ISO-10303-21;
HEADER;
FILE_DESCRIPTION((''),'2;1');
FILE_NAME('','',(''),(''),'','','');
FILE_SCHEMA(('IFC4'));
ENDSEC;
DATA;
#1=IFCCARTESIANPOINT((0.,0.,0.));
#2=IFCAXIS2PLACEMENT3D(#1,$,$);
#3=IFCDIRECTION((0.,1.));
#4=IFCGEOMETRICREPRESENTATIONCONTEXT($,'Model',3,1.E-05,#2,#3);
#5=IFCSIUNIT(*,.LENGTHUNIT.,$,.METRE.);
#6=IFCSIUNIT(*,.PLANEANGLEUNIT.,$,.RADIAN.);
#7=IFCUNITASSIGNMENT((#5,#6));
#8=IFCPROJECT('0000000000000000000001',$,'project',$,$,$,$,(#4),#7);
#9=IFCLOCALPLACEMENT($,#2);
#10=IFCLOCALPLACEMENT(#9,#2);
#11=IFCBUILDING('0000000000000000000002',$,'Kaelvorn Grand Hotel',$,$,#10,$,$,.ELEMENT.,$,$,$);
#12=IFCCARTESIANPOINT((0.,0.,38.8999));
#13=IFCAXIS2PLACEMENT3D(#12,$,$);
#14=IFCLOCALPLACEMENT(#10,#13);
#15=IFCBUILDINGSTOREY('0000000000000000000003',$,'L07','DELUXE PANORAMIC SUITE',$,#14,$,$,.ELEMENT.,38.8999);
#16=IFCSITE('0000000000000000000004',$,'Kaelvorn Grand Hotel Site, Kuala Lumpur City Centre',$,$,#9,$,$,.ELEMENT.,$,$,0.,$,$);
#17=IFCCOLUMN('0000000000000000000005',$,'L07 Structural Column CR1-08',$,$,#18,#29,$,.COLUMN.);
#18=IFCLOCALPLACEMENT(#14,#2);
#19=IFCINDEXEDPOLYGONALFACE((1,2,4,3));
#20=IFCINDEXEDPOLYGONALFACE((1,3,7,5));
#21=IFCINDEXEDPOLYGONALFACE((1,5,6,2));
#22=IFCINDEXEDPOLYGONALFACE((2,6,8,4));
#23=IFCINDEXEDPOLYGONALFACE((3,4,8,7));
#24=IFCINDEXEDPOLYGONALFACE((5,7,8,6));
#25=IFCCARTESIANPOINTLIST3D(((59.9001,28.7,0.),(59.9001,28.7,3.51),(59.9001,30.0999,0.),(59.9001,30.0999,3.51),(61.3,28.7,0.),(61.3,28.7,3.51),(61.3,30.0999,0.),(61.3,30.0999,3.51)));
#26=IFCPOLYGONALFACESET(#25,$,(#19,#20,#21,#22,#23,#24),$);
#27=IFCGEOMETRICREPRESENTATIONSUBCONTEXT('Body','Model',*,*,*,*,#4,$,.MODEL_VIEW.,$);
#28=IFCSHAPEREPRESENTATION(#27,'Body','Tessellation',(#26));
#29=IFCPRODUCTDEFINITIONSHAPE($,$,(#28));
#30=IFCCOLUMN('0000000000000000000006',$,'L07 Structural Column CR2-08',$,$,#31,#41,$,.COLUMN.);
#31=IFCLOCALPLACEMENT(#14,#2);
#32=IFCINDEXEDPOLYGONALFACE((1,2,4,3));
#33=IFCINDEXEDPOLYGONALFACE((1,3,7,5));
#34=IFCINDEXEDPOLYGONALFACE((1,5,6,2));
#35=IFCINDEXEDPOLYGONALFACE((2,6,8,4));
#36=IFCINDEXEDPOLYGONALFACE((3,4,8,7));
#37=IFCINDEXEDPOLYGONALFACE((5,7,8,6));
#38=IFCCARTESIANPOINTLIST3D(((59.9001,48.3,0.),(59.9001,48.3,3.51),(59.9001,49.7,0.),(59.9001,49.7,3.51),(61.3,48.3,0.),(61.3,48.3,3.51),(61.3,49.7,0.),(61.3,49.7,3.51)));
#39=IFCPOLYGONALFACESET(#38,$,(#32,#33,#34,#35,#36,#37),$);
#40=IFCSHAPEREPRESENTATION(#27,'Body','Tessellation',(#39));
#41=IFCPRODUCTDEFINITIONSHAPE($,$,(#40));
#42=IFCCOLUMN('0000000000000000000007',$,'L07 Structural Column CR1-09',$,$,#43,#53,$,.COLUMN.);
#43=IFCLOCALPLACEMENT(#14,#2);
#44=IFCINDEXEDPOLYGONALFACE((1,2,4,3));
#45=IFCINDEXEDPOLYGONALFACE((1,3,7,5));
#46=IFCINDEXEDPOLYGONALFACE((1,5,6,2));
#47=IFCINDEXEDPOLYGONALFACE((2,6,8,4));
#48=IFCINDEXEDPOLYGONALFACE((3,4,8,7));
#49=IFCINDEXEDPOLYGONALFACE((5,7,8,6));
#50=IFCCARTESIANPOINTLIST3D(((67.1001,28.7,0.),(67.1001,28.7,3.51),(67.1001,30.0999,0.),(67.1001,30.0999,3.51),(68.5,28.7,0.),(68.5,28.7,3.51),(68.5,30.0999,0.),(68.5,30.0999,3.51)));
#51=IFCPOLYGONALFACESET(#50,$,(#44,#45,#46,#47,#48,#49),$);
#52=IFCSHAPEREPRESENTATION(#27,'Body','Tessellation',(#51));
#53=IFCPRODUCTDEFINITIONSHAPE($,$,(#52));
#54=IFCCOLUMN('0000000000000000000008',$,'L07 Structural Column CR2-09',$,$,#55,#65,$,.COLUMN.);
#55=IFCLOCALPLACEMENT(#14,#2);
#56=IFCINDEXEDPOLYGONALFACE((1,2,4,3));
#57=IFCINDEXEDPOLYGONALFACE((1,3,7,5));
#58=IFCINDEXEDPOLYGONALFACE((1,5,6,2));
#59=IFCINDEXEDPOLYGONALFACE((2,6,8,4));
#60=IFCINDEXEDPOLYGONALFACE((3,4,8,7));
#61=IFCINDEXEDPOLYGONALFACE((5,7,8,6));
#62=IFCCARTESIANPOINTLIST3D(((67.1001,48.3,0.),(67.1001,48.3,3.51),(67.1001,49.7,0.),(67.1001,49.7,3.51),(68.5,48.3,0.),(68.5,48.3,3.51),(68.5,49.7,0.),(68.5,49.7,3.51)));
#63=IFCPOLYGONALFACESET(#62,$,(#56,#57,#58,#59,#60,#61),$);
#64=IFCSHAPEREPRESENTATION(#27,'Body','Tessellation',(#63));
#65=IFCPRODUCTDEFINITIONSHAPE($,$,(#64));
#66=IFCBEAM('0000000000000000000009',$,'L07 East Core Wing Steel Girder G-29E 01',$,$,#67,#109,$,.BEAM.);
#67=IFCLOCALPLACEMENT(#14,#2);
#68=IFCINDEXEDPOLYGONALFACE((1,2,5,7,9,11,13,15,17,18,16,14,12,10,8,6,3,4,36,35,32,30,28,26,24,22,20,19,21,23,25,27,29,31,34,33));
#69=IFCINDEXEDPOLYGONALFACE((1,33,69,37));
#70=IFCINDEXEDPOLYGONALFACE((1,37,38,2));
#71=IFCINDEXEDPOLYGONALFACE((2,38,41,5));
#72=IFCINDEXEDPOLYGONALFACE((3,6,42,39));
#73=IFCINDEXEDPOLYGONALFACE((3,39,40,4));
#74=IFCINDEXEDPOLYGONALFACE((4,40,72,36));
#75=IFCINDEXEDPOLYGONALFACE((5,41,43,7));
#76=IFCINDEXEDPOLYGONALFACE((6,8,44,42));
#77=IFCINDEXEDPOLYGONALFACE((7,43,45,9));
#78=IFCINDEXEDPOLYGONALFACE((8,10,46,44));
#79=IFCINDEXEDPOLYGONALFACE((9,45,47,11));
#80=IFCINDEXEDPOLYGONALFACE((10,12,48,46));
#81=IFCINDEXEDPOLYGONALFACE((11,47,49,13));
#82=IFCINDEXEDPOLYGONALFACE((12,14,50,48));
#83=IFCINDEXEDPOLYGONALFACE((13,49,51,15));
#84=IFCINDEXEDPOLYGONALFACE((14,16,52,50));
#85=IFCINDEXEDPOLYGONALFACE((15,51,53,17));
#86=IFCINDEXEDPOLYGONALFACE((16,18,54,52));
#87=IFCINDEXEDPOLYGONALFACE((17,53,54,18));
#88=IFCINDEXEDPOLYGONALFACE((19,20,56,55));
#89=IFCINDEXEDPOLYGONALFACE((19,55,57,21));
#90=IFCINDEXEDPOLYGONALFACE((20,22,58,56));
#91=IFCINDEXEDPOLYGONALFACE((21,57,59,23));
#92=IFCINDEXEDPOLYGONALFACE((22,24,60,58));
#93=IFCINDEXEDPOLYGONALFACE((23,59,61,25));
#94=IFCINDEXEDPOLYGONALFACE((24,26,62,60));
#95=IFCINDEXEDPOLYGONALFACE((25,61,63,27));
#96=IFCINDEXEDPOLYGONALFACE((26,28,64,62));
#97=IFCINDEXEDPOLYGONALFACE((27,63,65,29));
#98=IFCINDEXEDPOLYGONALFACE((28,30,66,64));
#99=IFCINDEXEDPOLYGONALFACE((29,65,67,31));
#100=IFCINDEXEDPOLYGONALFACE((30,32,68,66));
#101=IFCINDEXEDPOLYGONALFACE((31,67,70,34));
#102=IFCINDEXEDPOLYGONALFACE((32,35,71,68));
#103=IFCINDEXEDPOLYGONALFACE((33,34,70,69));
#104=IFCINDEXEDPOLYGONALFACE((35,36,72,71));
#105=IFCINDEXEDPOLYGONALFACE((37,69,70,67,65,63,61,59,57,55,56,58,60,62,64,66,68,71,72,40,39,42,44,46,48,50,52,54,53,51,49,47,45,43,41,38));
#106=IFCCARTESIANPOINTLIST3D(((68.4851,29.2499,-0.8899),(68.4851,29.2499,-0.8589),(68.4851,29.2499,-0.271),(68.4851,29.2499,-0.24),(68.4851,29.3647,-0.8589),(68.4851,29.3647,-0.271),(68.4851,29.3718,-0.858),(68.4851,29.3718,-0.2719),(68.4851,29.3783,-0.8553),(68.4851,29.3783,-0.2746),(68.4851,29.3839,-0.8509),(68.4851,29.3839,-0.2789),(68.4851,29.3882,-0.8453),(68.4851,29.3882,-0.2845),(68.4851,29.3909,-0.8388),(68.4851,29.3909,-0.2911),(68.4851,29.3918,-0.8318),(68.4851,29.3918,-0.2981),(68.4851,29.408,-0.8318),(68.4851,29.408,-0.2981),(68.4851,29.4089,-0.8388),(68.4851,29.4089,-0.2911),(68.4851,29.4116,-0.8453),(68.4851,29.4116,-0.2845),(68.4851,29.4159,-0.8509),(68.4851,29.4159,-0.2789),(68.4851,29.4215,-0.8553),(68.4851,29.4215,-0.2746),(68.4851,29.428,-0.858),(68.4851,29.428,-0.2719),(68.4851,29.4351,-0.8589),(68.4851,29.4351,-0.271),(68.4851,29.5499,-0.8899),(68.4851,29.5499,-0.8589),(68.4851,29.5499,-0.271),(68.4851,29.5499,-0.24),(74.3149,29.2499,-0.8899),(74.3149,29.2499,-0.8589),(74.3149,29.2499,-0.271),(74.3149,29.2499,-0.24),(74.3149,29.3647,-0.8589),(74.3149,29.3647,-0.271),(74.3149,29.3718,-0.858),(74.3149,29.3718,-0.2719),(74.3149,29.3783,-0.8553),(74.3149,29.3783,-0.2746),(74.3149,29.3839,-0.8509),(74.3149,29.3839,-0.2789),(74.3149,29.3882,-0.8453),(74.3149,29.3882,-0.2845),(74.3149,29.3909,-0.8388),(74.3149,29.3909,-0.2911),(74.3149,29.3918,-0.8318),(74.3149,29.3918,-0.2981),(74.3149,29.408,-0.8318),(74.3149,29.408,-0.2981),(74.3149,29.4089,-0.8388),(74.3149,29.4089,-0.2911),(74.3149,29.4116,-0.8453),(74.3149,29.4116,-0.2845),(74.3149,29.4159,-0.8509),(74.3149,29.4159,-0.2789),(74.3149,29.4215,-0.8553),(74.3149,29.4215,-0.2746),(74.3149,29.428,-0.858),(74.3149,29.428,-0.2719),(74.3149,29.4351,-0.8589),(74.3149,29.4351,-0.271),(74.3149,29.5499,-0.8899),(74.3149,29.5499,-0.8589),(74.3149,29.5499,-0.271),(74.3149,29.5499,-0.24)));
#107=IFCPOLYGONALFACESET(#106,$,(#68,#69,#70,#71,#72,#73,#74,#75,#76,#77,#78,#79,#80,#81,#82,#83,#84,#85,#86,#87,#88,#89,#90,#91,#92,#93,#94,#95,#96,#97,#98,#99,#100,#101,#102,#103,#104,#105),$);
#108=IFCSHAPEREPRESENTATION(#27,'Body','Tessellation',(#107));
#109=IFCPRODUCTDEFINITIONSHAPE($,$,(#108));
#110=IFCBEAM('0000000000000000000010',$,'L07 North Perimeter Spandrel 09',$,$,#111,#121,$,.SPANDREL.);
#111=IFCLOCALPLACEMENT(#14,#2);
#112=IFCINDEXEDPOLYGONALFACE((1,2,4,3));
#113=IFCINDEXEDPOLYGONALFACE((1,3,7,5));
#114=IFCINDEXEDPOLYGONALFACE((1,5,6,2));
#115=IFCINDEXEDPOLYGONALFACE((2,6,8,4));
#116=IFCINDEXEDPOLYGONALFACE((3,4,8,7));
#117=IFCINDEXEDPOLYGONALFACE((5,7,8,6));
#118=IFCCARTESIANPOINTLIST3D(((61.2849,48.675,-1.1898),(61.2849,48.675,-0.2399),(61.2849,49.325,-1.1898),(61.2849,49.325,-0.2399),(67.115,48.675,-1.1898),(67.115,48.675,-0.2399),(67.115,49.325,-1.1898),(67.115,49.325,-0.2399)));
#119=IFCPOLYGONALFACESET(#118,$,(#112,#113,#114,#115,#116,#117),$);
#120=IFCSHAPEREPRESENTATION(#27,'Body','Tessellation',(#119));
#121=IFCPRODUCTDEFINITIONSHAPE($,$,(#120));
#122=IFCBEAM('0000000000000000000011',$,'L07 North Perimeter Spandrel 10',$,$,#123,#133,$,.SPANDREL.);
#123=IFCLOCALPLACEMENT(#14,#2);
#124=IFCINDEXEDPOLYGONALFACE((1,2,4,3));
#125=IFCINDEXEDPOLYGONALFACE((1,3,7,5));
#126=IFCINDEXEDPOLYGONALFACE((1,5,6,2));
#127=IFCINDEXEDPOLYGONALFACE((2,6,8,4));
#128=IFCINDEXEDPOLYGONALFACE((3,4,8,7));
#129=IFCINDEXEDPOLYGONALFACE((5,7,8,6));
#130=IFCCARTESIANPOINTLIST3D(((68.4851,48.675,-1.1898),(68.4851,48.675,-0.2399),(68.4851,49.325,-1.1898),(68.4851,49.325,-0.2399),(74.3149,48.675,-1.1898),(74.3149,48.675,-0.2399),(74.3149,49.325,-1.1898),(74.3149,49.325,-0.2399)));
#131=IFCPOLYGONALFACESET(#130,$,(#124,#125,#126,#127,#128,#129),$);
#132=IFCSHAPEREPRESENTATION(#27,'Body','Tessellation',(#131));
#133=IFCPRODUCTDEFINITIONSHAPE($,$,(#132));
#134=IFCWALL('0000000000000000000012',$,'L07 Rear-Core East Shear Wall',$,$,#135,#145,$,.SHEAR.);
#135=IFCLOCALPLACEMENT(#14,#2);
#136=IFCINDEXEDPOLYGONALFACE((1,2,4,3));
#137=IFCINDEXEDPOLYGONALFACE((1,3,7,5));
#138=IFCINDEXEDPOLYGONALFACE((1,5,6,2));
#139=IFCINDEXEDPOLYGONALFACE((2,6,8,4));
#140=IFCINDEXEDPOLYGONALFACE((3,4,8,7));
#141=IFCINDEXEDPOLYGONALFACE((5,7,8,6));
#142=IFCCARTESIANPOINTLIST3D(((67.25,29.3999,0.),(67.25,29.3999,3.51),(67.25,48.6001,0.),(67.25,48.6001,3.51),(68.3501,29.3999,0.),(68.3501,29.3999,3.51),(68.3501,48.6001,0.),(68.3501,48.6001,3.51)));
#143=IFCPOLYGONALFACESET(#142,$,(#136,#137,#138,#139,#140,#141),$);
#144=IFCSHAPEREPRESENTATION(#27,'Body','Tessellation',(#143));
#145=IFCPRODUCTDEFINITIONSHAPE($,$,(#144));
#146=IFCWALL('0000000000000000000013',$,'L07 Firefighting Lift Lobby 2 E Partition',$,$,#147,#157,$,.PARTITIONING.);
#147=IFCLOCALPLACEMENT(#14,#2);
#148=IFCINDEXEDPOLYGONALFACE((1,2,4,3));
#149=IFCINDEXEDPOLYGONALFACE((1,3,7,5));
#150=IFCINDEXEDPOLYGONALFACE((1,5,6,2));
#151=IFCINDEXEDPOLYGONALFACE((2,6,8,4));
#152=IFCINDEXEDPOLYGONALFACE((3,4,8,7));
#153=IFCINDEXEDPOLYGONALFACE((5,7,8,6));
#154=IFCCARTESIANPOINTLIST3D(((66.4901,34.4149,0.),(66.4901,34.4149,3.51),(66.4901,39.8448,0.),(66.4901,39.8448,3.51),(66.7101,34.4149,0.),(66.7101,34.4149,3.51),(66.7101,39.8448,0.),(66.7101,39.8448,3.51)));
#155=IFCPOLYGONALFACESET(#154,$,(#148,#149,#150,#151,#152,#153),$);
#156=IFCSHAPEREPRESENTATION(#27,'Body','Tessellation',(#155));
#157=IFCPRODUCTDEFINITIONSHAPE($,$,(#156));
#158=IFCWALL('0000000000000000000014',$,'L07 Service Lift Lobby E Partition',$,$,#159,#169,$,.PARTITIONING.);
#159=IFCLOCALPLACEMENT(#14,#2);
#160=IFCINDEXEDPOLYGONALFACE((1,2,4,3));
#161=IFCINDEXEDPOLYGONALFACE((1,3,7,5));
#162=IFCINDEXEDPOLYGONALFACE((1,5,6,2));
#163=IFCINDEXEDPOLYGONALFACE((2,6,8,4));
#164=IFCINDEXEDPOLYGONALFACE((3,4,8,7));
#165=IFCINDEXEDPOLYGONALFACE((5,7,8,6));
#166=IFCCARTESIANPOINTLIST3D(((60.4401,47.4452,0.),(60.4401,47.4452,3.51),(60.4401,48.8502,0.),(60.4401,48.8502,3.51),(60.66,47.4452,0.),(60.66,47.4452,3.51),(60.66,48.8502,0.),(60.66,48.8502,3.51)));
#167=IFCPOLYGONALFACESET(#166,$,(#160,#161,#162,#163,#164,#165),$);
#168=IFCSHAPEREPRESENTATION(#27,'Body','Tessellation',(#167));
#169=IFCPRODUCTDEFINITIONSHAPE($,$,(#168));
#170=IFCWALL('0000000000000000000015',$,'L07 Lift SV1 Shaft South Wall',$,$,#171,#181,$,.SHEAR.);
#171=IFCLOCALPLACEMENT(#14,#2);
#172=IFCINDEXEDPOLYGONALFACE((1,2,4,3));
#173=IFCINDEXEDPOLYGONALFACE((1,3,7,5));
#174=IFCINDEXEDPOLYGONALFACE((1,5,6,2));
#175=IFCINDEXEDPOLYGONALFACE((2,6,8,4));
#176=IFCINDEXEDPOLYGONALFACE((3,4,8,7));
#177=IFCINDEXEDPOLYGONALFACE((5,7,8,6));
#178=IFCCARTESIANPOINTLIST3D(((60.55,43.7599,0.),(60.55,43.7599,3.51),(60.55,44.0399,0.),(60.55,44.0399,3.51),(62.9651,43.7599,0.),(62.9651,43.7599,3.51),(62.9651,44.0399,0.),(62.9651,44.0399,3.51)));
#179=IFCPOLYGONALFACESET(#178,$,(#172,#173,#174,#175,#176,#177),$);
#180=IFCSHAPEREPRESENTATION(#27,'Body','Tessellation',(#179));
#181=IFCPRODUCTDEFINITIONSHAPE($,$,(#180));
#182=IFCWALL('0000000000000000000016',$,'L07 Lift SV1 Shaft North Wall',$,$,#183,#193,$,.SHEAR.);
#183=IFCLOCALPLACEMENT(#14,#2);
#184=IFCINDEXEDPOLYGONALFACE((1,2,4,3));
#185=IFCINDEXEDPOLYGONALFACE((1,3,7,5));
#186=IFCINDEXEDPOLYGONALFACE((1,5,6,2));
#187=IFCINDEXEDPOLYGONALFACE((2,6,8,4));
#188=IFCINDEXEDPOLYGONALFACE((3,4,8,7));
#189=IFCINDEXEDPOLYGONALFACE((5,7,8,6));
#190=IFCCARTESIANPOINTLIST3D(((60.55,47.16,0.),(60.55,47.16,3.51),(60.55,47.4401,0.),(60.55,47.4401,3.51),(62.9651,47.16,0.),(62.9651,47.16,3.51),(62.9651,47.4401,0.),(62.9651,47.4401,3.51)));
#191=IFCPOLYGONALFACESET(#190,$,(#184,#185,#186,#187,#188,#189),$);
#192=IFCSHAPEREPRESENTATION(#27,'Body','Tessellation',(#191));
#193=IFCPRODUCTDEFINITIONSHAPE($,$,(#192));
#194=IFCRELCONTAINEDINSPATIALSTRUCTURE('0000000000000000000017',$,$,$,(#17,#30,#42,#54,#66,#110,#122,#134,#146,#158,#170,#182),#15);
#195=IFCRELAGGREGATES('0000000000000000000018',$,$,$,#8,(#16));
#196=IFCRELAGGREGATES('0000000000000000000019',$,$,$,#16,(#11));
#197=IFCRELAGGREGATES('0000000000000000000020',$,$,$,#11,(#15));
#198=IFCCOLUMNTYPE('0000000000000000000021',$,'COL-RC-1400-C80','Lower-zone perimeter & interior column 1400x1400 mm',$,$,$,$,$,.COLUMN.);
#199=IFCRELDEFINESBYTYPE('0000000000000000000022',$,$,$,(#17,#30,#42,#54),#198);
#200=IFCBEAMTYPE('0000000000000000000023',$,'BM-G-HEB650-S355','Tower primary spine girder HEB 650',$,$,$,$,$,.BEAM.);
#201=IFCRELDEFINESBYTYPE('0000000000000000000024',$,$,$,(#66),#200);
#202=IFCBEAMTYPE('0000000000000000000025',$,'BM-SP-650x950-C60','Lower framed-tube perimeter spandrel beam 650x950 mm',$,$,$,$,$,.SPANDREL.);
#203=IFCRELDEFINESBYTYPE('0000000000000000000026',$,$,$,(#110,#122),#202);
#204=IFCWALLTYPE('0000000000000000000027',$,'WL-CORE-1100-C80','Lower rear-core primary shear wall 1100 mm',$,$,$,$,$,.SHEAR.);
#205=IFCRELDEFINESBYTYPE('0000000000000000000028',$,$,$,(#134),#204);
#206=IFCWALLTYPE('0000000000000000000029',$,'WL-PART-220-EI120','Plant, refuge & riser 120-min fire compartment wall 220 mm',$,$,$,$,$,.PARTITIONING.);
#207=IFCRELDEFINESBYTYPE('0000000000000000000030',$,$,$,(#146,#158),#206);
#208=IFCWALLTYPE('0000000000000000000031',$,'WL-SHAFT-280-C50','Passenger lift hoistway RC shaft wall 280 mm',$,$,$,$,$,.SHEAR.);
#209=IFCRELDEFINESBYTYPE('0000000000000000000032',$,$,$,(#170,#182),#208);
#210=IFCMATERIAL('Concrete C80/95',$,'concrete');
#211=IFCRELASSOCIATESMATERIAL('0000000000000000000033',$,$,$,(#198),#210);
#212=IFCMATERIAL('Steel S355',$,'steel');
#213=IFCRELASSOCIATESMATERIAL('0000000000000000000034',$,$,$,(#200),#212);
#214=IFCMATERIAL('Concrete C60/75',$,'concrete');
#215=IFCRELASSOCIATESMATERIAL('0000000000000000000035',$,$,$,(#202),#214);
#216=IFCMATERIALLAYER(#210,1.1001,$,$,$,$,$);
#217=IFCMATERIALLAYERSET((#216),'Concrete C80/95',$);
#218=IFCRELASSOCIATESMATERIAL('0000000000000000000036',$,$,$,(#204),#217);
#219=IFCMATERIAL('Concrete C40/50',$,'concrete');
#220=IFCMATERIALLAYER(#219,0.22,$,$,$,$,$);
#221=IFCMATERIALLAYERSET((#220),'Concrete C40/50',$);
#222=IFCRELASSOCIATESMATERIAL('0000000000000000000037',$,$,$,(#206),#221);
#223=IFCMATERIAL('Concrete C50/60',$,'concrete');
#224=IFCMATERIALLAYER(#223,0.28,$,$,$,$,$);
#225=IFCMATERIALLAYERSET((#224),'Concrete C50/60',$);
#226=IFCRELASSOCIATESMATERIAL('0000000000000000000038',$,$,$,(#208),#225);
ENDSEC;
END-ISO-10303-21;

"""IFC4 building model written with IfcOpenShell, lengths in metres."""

from ifc_helpers import new_model, si_unit, direction, frame, frame_2d, origin, origin_2d, place, context, subcontext, project, spatial, rectangle, i_section, extrude, material, layer, layer_set, material_profile, profile_set, type_object, element, save


model = new_model("IFC4")

# Units and contexts
model_context = context("Model", 3, precision=1e-05, world=origin(), true_north=direction((0.0, 1.0)))
body_context = subcontext(model_context, "Body", "Model", "MODEL_VIEW")
ifc_project = project(units=[si_unit("LENGTHUNIT", "METRE"), si_unit("PLANEANGLEUNIT", "RADIAN")], contexts=[model_context])

# Site, building, storey
site_placement = place(None, origin())
site = spatial("IfcSite", under=ifc_project, at=site_placement, Name="Kaelvorn Grand Hotel Site, Kuala Lumpur City Centre", CompositionType="ELEMENT", RefElevation=0.0)
building_placement = place(site_placement, origin())
building = spatial("IfcBuilding", under=site, at=building_placement, Name="Kaelvorn Grand Hotel", CompositionType="ELEMENT")
storey_placement = place(building_placement, frame((0.0, 0.0, 38.8999)))
storey = spatial("IfcBuildingStorey", under=building, at=storey_placement, Name="L07", Description="DELUXE PANORAMIC SUITE", CompositionType="ELEMENT", Elevation=38.8999)

# Columns
ifc_material_1 = material(Name="Concrete C80/95", Category="concrete")
ifc_material_profile_1 = material_profile(ifc_material_1, rectangle(XDim=1.3999, YDim=1.3999, at=origin_2d()), Name="RC COL 1400x1400")
ifc_profile_set_1 = profile_set([ifc_material_profile_1], Name="Concrete C80/95")
column_type = type_object("IfcColumnType", Name="COL-RC-1400-C80", Description="Lower-zone perimeter & interior column 1400x1400 mm", PredefinedType="COLUMN", material=ifc_profile_set_1)
for number, where, z_axis, x_axis, name in (
    (1, (60.6001, 29.3999, 0.0), (0.0, 0.0, 1.0), (1.0, 0.0, 0.0), "L07 Structural Column CR1-08"),
    (2, (60.6001, 49.0, 0.0), (0.0, 0.0, 1.0), (1.0, 0.0, 0.0), "L07 Structural Column CR2-08"),
    (3, (67.8, 29.3999, 0.0), (0.0, 0.0, 1.0), (1.0, 0.0, 0.0), "L07 Structural Column CR1-09"),
    (4, (67.8, 49.0, 0.0), (0.0, 0.0, 1.0), (1.0, 0.0, 0.0), "L07 Structural Column CR2-09"),
):
    element("IfcColumn", number, at=place(storey_placement, frame(where, z_axis=z_axis, x_axis=x_axis)), inside=storey, type_object=column_type, Name=name, PredefinedType="COLUMN", context=body_context, shape_type="SweptSolid", body=[
        extrude(rectangle(XDim=1.3999, YDim=1.3999, at=origin_2d()), origin(), (0.0, 0.0, 1.0), 3.51),
    ])

# Beams
ifc_material_2 = material(Name="Steel S355", Category="steel")
ifc_material_profile_2 = material_profile(ifc_material_2, i_section(OverallWidth=0.3, OverallDepth=0.6499, WebThickness=0.0161, FlangeThickness=0.031, FilletRadius=0.0271, at=origin_2d()), Name="HEB 650")
ifc_profile_set_2 = profile_set([ifc_material_profile_2], Name="Steel S355")
beam_type_1 = type_object("IfcBeamType", Name="BM-G-HEB650-S355", Description="Tower primary spine girder HEB 650", PredefinedType="BEAM", material=ifc_profile_set_2)
beam_1_placement = place(storey_placement, frame((68.4851, 29.3999, -0.5649), z_axis=(1.0, 0.0, 0.0), x_axis=(0.0, 1.0, 0.0)))
element("IfcBeam", 5, at=beam_1_placement, inside=storey, type_object=beam_type_1, Name="L07 East Core Wing Steel Girder G-29E 01", PredefinedType="BEAM", context=body_context, shape_type="SweptSolid", body=[
    extrude(i_section(OverallWidth=0.3, OverallDepth=0.6499, WebThickness=0.0161, FlangeThickness=0.031, FilletRadius=0.0271, at=origin_2d()), origin(), (0.0, 0.0, 1.0), 5.8298),
])
ifc_material_3 = material(Name="Concrete C60/75", Category="concrete")
ifc_material_profile_3 = material_profile(ifc_material_3, rectangle(XDim=0.6499, YDim=0.95, at=origin_2d()), Name="RC SPANDREL 650x950")
ifc_profile_set_3 = profile_set([ifc_material_profile_3], Name="Concrete C60/75")
beam_type_2 = type_object("IfcBeamType", Name="BM-SP-650x950-C60", Description="Lower framed-tube perimeter spandrel beam 650x950 mm", PredefinedType="SPANDREL", material=ifc_profile_set_3)
beam_2_placement = place(storey_placement, frame((61.2849, 49.0, -0.7148), z_axis=(1.0, 0.0, 0.0), x_axis=(0.0, 1.0, 0.0)))
element("IfcBeam", 6, at=beam_2_placement, inside=storey, type_object=beam_type_2, Name="L07 North Perimeter Spandrel 09", PredefinedType="SPANDREL", context=body_context, shape_type="SweptSolid", body=[
    extrude(rectangle(XDim=0.6499, YDim=0.95, at=origin_2d()), origin(), (0.0, 0.0, 1.0), 5.8301),
])
beam_3_placement = place(storey_placement, frame((68.4851, 49.0, -0.7148), z_axis=(1.0, 0.0, 0.0), x_axis=(0.0, 1.0, 0.0)))
element("IfcBeam", 7, at=beam_3_placement, inside=storey, type_object=beam_type_2, Name="L07 North Perimeter Spandrel 10", PredefinedType="SPANDREL", context=body_context, shape_type="SweptSolid", body=[
    extrude(rectangle(XDim=0.6499, YDim=0.95, at=origin_2d()), origin(), (0.0, 0.0, 1.0), 5.8298),
])

# Walls
ifc_layer_1 = layer(ifc_material_1, 1.1001)
ifc_layer_set_1 = layer_set([ifc_layer_1], Name="Concrete C80/95")
wall_type_1 = type_object("IfcWallType", Name="WL-CORE-1100-C80", Description="Lower rear-core primary shear wall 1100 mm", PredefinedType="SHEAR", material=ifc_layer_set_1)
wall_1_placement = place(storey_placement, frame((67.8, 29.3999, 0.0), z_axis=(0.0, 0.0, 1.0), x_axis=(0.0, 1.0, 0.0)))
element("IfcWall", 8, at=wall_1_placement, inside=storey, type_object=wall_type_1, Name="L07 Rear-Core East Shear Wall", PredefinedType="SHEAR", context=body_context, shape_type="SweptSolid", body=[
    extrude(rectangle(XDim=19.2002, YDim=1.1001, at=frame_2d((9.6001, 0.0))), origin(), (0.0, 0.0, 1.0), 3.51),
])
ifc_material_4 = material(Name="Concrete C40/50", Category="concrete")
ifc_layer_2 = layer(ifc_material_4, 0.22)
ifc_layer_set_2 = layer_set([ifc_layer_2], Name="Concrete C40/50")
wall_type_2 = type_object("IfcWallType", Name="WL-PART-220-EI120", Description="Plant, refuge & riser 120-min fire compartment wall 220 mm", PredefinedType="PARTITIONING", material=ifc_layer_set_2)
wall_2_placement = place(storey_placement, frame((66.6001, 34.415, 0.0), z_axis=(0.0, 0.0, 1.0), x_axis=(0.0, 1.0, 0.0)))
element("IfcWall", 9, at=wall_2_placement, inside=storey, type_object=wall_type_2, Name="L07 Firefighting Lift Lobby 2 E Partition", PredefinedType="PARTITIONING", context=body_context, shape_type="SweptSolid", body=[
    extrude(rectangle(XDim=5.4299, YDim=0.22, at=frame_2d((2.7148, 0.0))), origin(), (0.0, 0.0, 1.0), 3.51),
])
wall_3_placement = place(storey_placement, frame((60.55, 47.4451, 0.0), z_axis=(0.0, 0.0, 1.0), x_axis=(0.0, 1.0, 0.0)))
element("IfcWall", 10, at=wall_3_placement, inside=storey, type_object=wall_type_2, Name="L07 Service Lift Lobby E Partition", PredefinedType="PARTITIONING", context=body_context, shape_type="SweptSolid", body=[
    extrude(rectangle(XDim=1.405, YDim=0.22, at=frame_2d((0.7026, 0.0))), origin(), (0.0, 0.0, 1.0), 3.51),
])
ifc_material_5 = material(Name="Concrete C50/60", Category="concrete")
ifc_layer_3 = layer(ifc_material_5, 0.28)
ifc_layer_set_3 = layer_set([ifc_layer_3], Name="Concrete C50/60")
wall_type_3 = type_object("IfcWallType", Name="WL-SHAFT-280-C50", Description="Passenger lift hoistway RC shaft wall 280 mm", PredefinedType="SHEAR", material=ifc_layer_set_3)
for number, where, z_axis, x_axis, name in (
    (11, (60.55, 43.8999, 0.0), (0.0, 0.0, 1.0), (1.0, 0.0, 0.0), "L07 Lift SV1 Shaft South Wall"),
    (12, (60.55, 47.3, 0.0), (0.0, 0.0, 1.0), (1.0, 0.0, 0.0), "L07 Lift SV1 Shaft North Wall"),
):
    element("IfcWall", number, at=place(storey_placement, frame(where, z_axis=z_axis, x_axis=x_axis)), inside=storey, type_object=wall_type_3, Name=name, PredefinedType="SHEAR", context=body_context, shape_type="SweptSolid", body=[
        extrude(rectangle(XDim=2.415, YDim=0.28, at=frame_2d((1.2075, 0.0))), origin(), (0.0, 0.0, 1.0), 3.51),
    ])

save(model, "model.ifc")
